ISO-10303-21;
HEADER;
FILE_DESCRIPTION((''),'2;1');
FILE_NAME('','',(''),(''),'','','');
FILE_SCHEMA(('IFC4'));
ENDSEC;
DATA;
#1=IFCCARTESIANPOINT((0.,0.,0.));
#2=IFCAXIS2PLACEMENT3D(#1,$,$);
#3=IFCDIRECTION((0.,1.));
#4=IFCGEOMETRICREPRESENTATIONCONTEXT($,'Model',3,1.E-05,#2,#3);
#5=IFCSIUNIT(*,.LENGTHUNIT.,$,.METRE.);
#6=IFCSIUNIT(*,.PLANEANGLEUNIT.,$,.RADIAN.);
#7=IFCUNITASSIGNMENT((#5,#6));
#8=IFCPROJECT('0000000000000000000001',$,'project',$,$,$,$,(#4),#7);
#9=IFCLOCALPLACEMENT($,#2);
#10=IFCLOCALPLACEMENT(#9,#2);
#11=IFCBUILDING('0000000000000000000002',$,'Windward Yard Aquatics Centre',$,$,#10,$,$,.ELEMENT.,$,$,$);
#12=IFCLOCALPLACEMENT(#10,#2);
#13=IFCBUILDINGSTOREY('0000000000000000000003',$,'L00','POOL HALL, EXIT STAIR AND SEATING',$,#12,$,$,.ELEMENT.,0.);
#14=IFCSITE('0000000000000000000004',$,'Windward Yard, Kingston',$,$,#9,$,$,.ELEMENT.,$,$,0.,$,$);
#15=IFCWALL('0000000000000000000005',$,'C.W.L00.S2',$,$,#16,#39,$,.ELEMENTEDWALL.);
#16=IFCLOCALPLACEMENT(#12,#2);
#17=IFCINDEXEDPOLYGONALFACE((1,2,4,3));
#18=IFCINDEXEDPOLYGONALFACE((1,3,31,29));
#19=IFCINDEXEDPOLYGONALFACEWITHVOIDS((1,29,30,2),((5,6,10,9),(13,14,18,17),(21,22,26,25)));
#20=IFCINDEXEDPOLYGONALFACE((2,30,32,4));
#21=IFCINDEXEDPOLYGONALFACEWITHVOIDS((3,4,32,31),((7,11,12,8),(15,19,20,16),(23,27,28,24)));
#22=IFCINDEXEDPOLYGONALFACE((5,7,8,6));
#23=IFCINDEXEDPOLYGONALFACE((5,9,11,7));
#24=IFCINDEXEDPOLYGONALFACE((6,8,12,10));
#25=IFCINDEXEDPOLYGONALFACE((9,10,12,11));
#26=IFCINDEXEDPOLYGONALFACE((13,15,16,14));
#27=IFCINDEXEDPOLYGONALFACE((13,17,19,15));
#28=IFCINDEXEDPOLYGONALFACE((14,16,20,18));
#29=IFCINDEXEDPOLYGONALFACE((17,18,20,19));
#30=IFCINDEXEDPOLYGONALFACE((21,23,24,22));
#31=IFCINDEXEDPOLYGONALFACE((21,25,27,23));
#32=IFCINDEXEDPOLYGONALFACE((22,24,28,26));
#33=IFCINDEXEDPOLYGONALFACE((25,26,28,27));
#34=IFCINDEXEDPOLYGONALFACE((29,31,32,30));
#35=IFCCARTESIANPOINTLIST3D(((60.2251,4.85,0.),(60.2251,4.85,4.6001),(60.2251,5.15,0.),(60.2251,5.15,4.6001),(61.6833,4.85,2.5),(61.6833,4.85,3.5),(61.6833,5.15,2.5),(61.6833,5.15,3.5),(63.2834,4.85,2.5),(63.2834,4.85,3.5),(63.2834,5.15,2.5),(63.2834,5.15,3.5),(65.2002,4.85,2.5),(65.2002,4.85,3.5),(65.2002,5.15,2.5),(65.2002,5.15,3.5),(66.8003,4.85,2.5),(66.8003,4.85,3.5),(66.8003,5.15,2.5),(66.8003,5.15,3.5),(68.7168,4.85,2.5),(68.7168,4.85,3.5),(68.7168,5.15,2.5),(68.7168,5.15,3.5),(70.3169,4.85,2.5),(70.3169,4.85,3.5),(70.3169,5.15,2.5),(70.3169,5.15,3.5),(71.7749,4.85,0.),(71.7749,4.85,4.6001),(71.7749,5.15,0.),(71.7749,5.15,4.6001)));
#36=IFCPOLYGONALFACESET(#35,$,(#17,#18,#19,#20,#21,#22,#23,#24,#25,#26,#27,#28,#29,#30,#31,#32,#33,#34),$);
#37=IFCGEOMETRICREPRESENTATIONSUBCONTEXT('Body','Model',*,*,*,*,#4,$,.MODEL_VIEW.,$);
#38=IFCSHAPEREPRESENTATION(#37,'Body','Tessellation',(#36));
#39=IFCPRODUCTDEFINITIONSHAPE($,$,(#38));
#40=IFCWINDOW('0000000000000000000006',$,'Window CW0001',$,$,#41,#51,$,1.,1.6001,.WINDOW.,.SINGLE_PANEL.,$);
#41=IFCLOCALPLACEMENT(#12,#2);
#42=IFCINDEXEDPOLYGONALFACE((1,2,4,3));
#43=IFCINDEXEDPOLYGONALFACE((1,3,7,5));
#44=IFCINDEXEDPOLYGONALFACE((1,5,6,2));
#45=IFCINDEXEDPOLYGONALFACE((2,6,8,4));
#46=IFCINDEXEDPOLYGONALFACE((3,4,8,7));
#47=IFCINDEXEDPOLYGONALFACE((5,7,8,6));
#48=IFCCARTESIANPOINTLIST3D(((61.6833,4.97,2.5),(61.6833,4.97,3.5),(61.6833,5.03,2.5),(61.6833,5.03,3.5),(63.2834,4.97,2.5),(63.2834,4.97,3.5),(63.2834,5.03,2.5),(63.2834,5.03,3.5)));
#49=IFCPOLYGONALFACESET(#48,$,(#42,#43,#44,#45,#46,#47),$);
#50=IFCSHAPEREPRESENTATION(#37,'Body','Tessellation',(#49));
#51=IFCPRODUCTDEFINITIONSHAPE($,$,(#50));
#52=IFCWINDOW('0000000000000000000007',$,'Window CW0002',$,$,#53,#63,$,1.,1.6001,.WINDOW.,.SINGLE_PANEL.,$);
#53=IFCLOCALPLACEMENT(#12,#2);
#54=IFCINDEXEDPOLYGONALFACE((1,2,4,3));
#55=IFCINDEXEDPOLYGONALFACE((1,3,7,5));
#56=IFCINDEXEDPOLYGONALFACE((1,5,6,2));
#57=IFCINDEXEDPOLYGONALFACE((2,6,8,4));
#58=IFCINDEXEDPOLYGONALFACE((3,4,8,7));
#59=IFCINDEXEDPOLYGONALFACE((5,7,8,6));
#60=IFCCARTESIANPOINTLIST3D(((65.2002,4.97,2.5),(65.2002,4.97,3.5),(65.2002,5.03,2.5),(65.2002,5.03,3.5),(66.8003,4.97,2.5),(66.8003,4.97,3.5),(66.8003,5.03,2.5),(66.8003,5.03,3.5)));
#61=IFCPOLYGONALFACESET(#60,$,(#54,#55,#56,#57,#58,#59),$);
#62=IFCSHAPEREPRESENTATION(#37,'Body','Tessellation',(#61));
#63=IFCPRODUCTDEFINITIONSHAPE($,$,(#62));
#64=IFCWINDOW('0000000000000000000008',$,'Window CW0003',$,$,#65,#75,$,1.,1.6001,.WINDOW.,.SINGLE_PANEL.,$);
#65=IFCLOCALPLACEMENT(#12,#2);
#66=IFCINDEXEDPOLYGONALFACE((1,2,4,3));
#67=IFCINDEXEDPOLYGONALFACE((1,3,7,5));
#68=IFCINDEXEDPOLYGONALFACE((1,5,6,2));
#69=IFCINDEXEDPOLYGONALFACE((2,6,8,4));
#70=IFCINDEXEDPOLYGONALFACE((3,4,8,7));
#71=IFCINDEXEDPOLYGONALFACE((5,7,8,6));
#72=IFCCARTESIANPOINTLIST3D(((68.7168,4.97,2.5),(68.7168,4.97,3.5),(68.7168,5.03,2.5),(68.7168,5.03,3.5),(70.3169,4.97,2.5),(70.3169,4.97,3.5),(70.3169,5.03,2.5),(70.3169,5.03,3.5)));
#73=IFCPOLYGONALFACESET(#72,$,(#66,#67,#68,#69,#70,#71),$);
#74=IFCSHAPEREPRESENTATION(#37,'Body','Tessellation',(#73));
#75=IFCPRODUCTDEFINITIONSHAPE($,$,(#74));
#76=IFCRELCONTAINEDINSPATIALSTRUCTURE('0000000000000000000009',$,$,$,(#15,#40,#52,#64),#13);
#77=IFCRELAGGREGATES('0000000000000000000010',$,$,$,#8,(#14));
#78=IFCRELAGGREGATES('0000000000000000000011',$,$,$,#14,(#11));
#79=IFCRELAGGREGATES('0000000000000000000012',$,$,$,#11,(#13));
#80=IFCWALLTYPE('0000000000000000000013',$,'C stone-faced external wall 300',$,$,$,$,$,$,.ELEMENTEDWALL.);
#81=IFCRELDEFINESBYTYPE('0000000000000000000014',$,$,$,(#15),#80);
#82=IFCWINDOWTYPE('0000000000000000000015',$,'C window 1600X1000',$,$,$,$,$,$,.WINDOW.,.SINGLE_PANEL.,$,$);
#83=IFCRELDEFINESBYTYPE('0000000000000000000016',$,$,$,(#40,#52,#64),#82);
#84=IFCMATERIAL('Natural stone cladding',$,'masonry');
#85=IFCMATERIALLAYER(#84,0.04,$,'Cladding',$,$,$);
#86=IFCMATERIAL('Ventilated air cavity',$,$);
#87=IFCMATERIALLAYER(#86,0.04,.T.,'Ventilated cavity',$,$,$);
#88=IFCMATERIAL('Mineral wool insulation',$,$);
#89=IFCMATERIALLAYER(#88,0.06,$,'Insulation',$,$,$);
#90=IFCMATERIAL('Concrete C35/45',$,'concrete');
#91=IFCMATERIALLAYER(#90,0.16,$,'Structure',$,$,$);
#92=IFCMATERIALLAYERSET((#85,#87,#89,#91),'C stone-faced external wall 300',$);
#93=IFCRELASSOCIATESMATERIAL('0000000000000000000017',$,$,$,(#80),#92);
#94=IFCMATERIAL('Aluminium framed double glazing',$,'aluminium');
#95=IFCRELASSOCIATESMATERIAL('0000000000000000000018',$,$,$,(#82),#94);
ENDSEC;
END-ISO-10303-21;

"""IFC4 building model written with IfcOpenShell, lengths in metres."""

from ifc_helpers import new_model, si_unit, direction, frame, frame_2d, origin, place, context, subcontext, project, spatial, rectangle, extrude, material, layer, layer_set, type_object, element, fill, save


model = new_model("IFC4")

# Units and contexts
model_context = context("Model", 3, precision=1e-05, world=origin(), true_north=direction((0.0, 1.0)))
body_context = subcontext(model_context, "Body", "Model", "MODEL_VIEW")
ifc_project = project(units=[si_unit("LENGTHUNIT", "METRE"), si_unit("PLANEANGLEUNIT", "RADIAN")], contexts=[model_context])

# Site, building, storey
site_placement = place(None, origin())
site = spatial("IfcSite", under=ifc_project, at=site_placement, Name="Windward Yard, Kingston", CompositionType="ELEMENT", RefElevation=0.0)
building_placement = place(site_placement, origin())
building = spatial("IfcBuilding", under=site, at=building_placement, Name="Windward Yard Aquatics Centre", CompositionType="ELEMENT")
storey_placement = place(building_placement, origin())
storey = spatial("IfcBuildingStorey", under=building, at=storey_placement, Name="L00", Description="POOL HALL, EXIT STAIR AND SEATING", CompositionType="ELEMENT", Elevation=0.0)

# Shared definitions
ifc_material_1 = material(Name="Concrete C35/45", Category="concrete")

# Wall, openings, windows
ifc_material_2 = material(Name="Natural stone cladding", Category="masonry")
ifc_layer_1 = layer(ifc_material_2, 0.04, Name="Cladding")
ifc_material_3 = material(Name="Ventilated air cavity")
ifc_layer_2 = layer(ifc_material_3, 0.04, ventilated=True, Name="Ventilated cavity")
ifc_material_4 = material(Name="Mineral wool insulation")
ifc_layer_3 = layer(ifc_material_4, 0.06, Name="Insulation")
ifc_layer_4 = layer(ifc_material_1, 0.16, Name="Structure")
ifc_layer_set_1 = layer_set([ifc_layer_1, ifc_layer_2, ifc_layer_3, ifc_layer_4], Name="C stone-faced external wall 300")
wall_type_1 = type_object("IfcWallType", Name="C stone-faced external wall 300", PredefinedType="ELEMENTEDWALL", material=ifc_layer_set_1)
wall_1_placement = place(storey_placement, frame((60.2251, 5.0, 0.0), z_axis=(0.0, 0.0, 1.0), x_axis=(1.0, 0.0, 0.0)))
wall_1 = element("IfcWall", 1, at=wall_1_placement, inside=storey, type_object=wall_type_1, Name="C.W.L00.S2", PredefinedType="ELEMENTEDWALL", context=body_context, shape_type="SweptSolid", body=[
    extrude(rectangle(XDim=11.5498, YDim=0.3, at=frame_2d((5.7749, 0.0))), origin(), (0.0, 0.0, 1.0), 4.6001),
])
opening_1_placement = place(wall_1_placement, frame((1.4583, 0.0, 2.5)))
opening_1 = element("IfcOpeningElement", 2, at=opening_1_placement, cuts=wall_1, PredefinedType="OPENING", context=body_context, shape_type="SweptSolid", body=[
    extrude(rectangle(XDim=1.6001, YDim=1.0, at=frame_2d((0.8, 0.5))), frame((0.0, 0.1602, 0.0), z_axis=(0.0, -1.0, 0.0), x_axis=(1.0, 0.0, 0.0)), (0.0, 0.0, 1.0), 0.3201),
])
opening_2_placement = place(wall_1_placement, frame((4.9751, 0.0, 2.5)))
opening_2 = element("IfcOpeningElement", 3, at=opening_2_placement, cuts=wall_1, PredefinedType="OPENING", context=body_context, shape_type="SweptSolid", body=[
    extrude(rectangle(XDim=1.6001, YDim=1.0, at=frame_2d((0.8, 0.5))), frame((0.0, 0.1602, 0.0), z_axis=(0.0, -1.0, 0.0), x_axis=(1.0, 0.0, 0.0)), (0.0, 0.0, 1.0), 0.3201),
])
opening_3_placement = place(wall_1_placement, frame((8.4917, 0.0, 2.5)))
opening_3 = element("IfcOpeningElement", 4, at=opening_3_placement, cuts=wall_1, PredefinedType="OPENING", context=body_context, shape_type="SweptSolid", body=[
    extrude(rectangle(XDim=1.6001, YDim=1.0, at=frame_2d((0.8, 0.5))), frame((0.0, 0.1602, 0.0), z_axis=(0.0, -1.0, 0.0), x_axis=(1.0, 0.0, 0.0)), (0.0, 0.0, 1.0), 0.3201),
])
ifc_material_5 = material(Name="Aluminium framed double glazing", Category="aluminium")
window_type = type_object("IfcWindowType", Name="C window 1600X1000", PartitioningType="SINGLE_PANEL", PredefinedType="WINDOW", material=ifc_material_5)
window_1_placement = place(opening_1_placement, origin())
window_1 = element("IfcWindow", 5, at=window_1_placement, inside=storey, type_object=window_type, Name="Window CW0001", OverallHeight=1.0, OverallWidth=1.6001, PartitioningType="SINGLE_PANEL", PredefinedType="WINDOW", context=body_context, shape_type="SweptSolid", body=[
    extrude(rectangle(XDim=1.6001, YDim=1.0, at=frame_2d((0.8, 0.5))), frame((0.0, 0.03, 0.0), z_axis=(0.0, -1.0, 0.0), x_axis=(1.0, 0.0, 0.0)), (0.0, 0.0, 1.0), 0.0601),
])
fill(opening_1, window_1)
window_2_placement = place(opening_2_placement, origin())
window_2 = element("IfcWindow", 6, at=window_2_placement, inside=storey, type_object=window_type, Name="Window CW0002", OverallHeight=1.0, OverallWidth=1.6001, PartitioningType="SINGLE_PANEL", PredefinedType="WINDOW", context=body_context, shape_type="SweptSolid", body=[
    extrude(rectangle(XDim=1.6001, YDim=1.0, at=frame_2d((0.8, 0.5))), frame((0.0, 0.03, 0.0), z_axis=(0.0, -1.0, 0.0), x_axis=(1.0, 0.0, 0.0)), (0.0, 0.0, 1.0), 0.0601),
])
fill(opening_2, window_2)
window_3_placement = place(opening_3_placement, origin())
window_3 = element("IfcWindow", 7, at=window_3_placement, inside=storey, type_object=window_type, Name="Window CW0003", OverallHeight=1.0, OverallWidth=1.6001, PartitioningType="SINGLE_PANEL", PredefinedType="WINDOW", context=body_context, shape_type="SweptSolid", body=[
    extrude(rectangle(XDim=1.6001, YDim=1.0, at=frame_2d((0.8, 0.5))), frame((0.0, 0.03, 0.0), z_axis=(0.0, -1.0, 0.0), x_axis=(1.0, 0.0, 0.0)), (0.0, 0.0, 1.0), 0.0601),
])
fill(opening_3, window_3)

save(model, "model.ifc")
